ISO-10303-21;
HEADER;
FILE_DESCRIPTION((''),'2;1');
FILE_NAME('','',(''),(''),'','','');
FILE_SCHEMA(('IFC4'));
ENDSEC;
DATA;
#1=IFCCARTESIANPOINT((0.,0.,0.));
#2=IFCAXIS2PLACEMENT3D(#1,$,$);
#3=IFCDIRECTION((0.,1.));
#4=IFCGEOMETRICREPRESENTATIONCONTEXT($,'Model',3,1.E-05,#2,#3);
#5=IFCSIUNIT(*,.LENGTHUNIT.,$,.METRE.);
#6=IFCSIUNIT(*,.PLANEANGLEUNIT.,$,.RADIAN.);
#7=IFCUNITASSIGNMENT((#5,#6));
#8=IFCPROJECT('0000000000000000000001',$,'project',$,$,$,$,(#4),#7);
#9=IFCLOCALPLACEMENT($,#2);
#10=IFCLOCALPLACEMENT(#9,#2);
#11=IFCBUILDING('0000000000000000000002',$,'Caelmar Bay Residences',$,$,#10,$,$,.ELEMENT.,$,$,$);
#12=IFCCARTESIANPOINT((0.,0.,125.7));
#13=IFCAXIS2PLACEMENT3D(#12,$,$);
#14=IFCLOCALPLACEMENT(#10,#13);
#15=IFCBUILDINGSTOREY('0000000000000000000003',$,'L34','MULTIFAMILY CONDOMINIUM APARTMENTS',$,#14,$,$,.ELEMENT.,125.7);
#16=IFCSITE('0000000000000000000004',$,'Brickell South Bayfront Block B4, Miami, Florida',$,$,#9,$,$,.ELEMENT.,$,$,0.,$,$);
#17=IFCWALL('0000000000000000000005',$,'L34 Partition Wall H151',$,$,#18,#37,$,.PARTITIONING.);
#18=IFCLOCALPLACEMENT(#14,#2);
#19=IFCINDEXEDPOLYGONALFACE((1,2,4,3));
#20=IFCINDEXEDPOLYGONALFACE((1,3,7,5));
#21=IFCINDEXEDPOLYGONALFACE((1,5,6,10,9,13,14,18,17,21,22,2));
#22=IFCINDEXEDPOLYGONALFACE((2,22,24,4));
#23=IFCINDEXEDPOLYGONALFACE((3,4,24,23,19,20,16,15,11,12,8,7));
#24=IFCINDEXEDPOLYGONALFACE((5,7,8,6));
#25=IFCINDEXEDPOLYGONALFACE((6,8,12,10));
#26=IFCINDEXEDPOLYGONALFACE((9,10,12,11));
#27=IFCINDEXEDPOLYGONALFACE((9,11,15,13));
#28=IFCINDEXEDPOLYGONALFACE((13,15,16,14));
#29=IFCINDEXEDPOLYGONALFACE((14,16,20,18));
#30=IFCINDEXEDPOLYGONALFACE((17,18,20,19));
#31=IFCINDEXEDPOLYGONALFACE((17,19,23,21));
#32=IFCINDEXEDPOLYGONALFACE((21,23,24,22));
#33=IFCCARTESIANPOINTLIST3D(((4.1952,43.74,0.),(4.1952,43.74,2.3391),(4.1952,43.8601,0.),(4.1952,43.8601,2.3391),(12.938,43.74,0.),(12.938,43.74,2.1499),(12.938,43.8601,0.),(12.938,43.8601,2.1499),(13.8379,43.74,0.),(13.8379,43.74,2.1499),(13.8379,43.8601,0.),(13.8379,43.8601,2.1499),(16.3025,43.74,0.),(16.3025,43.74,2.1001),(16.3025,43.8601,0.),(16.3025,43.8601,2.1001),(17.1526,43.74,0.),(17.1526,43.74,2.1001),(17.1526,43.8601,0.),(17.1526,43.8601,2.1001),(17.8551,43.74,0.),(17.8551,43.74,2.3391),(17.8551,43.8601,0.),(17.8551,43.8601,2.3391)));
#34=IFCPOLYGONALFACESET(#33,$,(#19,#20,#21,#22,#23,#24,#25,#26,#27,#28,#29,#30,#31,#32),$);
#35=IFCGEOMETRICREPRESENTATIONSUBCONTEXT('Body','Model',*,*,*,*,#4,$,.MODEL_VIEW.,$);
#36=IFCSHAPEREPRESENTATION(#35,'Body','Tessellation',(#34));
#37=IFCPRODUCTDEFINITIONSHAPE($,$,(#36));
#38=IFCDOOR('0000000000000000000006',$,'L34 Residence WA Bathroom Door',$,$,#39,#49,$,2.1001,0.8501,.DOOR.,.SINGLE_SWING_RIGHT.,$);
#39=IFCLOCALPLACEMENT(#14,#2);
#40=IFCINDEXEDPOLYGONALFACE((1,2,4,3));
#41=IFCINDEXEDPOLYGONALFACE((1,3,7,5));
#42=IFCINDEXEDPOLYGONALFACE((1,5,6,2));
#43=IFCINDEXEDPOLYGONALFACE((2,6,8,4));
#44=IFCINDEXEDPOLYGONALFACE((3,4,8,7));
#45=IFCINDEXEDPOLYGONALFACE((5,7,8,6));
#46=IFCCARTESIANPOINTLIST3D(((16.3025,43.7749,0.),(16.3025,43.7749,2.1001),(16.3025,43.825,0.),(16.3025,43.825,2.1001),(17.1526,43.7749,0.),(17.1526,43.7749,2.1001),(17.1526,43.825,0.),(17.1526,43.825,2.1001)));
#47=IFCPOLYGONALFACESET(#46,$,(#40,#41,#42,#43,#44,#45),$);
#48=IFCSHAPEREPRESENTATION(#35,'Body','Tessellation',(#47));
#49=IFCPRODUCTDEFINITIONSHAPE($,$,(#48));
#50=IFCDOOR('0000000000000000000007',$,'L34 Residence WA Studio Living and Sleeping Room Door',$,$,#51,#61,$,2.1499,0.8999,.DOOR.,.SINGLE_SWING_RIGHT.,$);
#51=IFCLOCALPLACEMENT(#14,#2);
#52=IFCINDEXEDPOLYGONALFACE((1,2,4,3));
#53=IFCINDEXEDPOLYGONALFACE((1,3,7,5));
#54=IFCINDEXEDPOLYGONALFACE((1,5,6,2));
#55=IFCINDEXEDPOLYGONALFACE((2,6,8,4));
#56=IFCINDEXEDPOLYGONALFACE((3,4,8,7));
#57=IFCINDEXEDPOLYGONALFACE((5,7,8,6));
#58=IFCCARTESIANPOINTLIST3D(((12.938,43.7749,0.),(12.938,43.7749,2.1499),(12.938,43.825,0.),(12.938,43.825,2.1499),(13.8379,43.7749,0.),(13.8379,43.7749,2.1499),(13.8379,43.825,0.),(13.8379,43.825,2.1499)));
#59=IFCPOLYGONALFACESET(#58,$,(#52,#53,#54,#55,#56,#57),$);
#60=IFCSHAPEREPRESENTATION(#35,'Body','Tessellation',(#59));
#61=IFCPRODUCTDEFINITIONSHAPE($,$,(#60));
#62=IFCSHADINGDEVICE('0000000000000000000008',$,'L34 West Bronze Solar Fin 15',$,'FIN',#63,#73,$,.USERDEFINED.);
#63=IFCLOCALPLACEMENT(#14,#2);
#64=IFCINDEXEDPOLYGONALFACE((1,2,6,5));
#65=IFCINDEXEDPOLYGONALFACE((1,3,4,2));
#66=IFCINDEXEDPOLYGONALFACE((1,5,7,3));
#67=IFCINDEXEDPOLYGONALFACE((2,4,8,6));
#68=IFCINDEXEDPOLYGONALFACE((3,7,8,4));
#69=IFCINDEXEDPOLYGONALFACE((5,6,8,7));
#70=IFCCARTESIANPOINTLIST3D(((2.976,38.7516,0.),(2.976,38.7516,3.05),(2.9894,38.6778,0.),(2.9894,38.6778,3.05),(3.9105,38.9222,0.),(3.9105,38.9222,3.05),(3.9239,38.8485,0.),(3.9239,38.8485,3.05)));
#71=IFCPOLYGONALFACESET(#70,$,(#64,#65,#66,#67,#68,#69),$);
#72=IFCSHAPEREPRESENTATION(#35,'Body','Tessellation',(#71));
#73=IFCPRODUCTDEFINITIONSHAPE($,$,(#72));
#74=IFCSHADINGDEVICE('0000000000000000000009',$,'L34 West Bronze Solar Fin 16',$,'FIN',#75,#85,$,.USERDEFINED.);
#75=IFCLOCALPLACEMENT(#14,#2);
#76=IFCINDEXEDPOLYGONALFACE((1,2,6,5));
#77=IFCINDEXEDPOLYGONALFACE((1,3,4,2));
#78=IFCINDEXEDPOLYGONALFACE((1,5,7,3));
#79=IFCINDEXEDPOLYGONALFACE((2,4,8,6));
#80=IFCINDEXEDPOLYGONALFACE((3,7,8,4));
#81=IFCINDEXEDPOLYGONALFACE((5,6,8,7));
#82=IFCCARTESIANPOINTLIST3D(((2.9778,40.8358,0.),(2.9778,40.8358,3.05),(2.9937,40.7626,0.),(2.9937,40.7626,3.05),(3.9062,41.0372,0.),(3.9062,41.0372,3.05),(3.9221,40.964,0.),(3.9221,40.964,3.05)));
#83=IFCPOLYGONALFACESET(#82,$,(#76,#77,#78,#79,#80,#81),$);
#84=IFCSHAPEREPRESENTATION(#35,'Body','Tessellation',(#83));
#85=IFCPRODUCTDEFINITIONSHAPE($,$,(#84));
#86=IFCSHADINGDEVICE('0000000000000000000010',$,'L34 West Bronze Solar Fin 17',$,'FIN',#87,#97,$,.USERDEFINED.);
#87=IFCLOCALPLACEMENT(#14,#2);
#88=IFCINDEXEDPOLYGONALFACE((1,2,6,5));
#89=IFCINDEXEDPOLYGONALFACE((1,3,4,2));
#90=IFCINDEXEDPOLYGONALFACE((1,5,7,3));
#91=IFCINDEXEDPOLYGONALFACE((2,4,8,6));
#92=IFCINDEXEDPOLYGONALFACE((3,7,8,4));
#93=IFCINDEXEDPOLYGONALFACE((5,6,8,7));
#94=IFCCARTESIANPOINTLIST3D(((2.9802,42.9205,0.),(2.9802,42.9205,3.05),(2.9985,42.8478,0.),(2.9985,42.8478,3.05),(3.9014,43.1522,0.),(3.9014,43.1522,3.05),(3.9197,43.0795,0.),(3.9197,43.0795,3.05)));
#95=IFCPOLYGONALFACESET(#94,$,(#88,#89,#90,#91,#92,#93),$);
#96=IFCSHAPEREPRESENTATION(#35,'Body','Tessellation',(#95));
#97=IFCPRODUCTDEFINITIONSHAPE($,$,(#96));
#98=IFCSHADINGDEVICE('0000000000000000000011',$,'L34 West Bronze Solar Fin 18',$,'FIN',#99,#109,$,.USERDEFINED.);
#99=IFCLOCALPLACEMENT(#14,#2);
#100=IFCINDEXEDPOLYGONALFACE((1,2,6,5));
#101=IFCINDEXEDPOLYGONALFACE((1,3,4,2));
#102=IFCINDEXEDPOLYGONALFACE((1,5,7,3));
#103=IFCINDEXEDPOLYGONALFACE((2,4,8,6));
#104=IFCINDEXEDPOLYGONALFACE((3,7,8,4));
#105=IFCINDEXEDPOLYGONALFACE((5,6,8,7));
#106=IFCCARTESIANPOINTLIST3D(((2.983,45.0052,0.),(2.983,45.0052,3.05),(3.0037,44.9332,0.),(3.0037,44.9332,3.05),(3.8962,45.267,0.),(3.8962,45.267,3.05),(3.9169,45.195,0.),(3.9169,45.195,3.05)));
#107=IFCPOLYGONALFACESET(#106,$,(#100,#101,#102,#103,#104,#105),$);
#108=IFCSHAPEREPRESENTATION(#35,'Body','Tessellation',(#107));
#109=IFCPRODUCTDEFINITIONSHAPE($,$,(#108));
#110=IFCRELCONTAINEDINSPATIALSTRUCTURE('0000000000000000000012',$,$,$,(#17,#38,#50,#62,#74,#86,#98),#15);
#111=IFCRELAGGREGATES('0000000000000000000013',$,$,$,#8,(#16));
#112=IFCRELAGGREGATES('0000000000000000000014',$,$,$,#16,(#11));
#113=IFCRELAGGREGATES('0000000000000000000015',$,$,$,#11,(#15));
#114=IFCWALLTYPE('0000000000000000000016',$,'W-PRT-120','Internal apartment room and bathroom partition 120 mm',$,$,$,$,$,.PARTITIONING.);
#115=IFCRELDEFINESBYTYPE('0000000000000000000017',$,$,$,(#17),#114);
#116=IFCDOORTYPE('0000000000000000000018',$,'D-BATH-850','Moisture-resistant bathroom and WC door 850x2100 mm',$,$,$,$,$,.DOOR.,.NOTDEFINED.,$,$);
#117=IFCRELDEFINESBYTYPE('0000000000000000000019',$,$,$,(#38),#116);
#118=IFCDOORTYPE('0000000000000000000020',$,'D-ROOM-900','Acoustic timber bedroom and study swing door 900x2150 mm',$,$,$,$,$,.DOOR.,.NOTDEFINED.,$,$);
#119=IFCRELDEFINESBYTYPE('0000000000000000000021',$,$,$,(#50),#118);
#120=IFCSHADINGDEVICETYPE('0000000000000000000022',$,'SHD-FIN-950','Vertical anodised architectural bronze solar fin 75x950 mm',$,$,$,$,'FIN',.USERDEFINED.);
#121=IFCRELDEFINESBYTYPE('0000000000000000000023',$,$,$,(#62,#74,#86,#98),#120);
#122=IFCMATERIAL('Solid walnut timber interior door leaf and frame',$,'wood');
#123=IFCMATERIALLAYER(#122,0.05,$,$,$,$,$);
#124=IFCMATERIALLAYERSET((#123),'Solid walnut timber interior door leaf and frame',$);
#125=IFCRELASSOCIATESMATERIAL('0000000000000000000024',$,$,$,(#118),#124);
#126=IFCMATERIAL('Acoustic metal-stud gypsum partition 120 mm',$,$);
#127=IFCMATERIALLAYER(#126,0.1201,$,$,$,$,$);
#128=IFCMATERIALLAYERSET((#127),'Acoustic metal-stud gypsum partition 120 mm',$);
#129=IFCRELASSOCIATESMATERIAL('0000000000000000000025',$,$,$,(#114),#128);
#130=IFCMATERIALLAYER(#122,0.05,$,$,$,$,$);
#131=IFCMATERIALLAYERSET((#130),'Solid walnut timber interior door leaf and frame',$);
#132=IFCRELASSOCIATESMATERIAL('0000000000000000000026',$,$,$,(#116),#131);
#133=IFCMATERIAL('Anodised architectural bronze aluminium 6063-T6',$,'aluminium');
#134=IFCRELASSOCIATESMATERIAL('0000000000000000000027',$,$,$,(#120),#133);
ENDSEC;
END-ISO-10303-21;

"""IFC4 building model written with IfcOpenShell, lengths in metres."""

from ifc_helpers import new_model, si_unit, direction, frame, frame_2d, origin, origin_2d, place, context, subcontext, project, spatial, rectangle, extrude, material, layer, layer_set, material_profile, profile_set, type_object, element, fill, save


model = new_model("IFC4")

# Units and contexts
model_context = context("Model", 3, precision=1e-05, world=origin(), true_north=direction((0.0, 1.0)))
body_context = subcontext(model_context, "Body", "Model", "MODEL_VIEW")
ifc_project = project(units=[si_unit("LENGTHUNIT", "METRE"), si_unit("PLANEANGLEUNIT", "RADIAN")], contexts=[model_context])

# Site, building, storey
site_placement = place(None, origin())
site = spatial("IfcSite", under=ifc_project, at=site_placement, Name="Brickell South Bayfront Block B4, Miami, Florida", CompositionType="ELEMENT", RefElevation=0.0)
building_placement = place(site_placement, origin())
building = spatial("IfcBuilding", under=site, at=building_placement, Name="Caelmar Bay Residences", CompositionType="ELEMENT")
storey_placement = place(building_placement, frame((0.0, 0.0, 125.7)))
storey = spatial("IfcBuildingStorey", under=building, at=storey_placement, Name="L34", Description="MULTIFAMILY CONDOMINIUM APARTMENTS", CompositionType="ELEMENT", Elevation=125.7)

# Shared definitions
ifc_material_1 = material(Name="Solid walnut timber interior door leaf and frame", Category="wood")
ifc_layer_1 = layer(ifc_material_1, 0.05)
ifc_layer_set_1 = layer_set([ifc_layer_1], Name="Solid walnut timber interior door leaf and frame")
door_type_1 = type_object("IfcDoorType", Name="D-ROOM-900", Description="Acoustic timber bedroom and study swing door 900x2150 mm", OperationType="NOTDEFINED", PredefinedType="DOOR", material=ifc_layer_set_1)
ifc_material_2 = material(Name="Acoustic metal-stud gypsum partition 120 mm")
ifc_layer_2 = layer(ifc_material_2, 0.1201)
ifc_layer_set_2 = layer_set([ifc_layer_2], Name="Acoustic metal-stud gypsum partition 120 mm")
wall_type_1 = type_object("IfcWallType", Name="W-PRT-120", Description="Internal apartment room and bathroom partition 120 mm", PredefinedType="PARTITIONING", material=ifc_layer_set_2)

# Wall, openings, doors
wall_1_placement = place(storey_placement, frame((4.1951, 43.8, 0.0), z_axis=(0.0, 0.0, 1.0), x_axis=(1.0, 0.0, 0.0)))
wall_1 = element("IfcWall", 1, at=wall_1_placement, inside=storey, type_object=wall_type_1, Name="L34 Partition Wall H151", PredefinedType="PARTITIONING", context=body_context, shape_type="SweptSolid", body=[
    extrude(rectangle(XDim=13.6599, YDim=0.1201, at=frame_2d((6.8301, 0.0))), origin(), (0.0, 0.0, 1.0), 2.3391),
])
opening_1_placement = place(wall_1_placement, frame((8.7429, 0.0, 0.0)))
opening_1 = element("IfcOpeningElement", 2, at=opening_1_placement, cuts=wall_1, PredefinedType="OPENING", context=body_context, shape_type="SweptSolid", body=[
    extrude(rectangle(XDim=0.8999, YDim=2.1499, at=frame_2d((0.45, 1.075))), frame((0.0, 0.0701, 0.0), z_axis=(0.0, -1.0, 0.0), x_axis=(1.0, 0.0, 0.0)), (0.0, 0.0, 1.0), 0.1401),
])
opening_2_placement = place(wall_1_placement, frame((12.1074, 0.0, 0.0)))
opening_2 = element("IfcOpeningElement", 3, at=opening_2_placement, cuts=wall_1, PredefinedType="OPENING", context=body_context, shape_type="SweptSolid", body=[
    extrude(rectangle(XDim=0.8501, YDim=2.1001, at=frame_2d((0.425, 1.05))), frame((0.0, 0.0701, 0.0), z_axis=(0.0, -1.0, 0.0), x_axis=(1.0, 0.0, 0.0)), (0.0, 0.0, 1.0), 0.1401),
])
ifc_layer_3 = layer(ifc_material_1, 0.05)
ifc_layer_set_3 = layer_set([ifc_layer_3], Name="Solid walnut timber interior door leaf and frame")
door_type_2 = type_object("IfcDoorType", Name="D-BATH-850", Description="Moisture-resistant bathroom and WC door 850x2100 mm", OperationType="NOTDEFINED", PredefinedType="DOOR", material=ifc_layer_set_3)
door_1_placement = place(opening_2_placement, origin())
door_1 = element("IfcDoor", 4, at=door_1_placement, inside=storey, type_object=door_type_2, Name="L34 Residence WA Bathroom Door", OperationType="SINGLE_SWING_RIGHT", OverallHeight=2.1001, OverallWidth=0.8501, PredefinedType="DOOR", context=body_context, shape_type="SweptSolid", body=[
    extrude(rectangle(XDim=0.8501, YDim=2.1001, at=frame_2d((0.425, 1.05))), frame((0.0, 0.0249, 0.0), z_axis=(0.0, -1.0, 0.0), x_axis=(1.0, 0.0, 0.0)), (0.0, 0.0, 1.0), 0.05),
])
fill(opening_2, door_1)
door_2_placement = place(opening_1_placement, origin())
door_2 = element("IfcDoor", 5, at=door_2_placement, inside=storey, type_object=door_type_1, Name="L34 Residence WA Studio Living and Sleeping Room Door", OperationType="SINGLE_SWING_RIGHT", OverallHeight=2.1499, OverallWidth=0.8999, PredefinedType="DOOR", context=body_context, shape_type="SweptSolid", body=[
    extrude(rectangle(XDim=0.8999, YDim=2.1499, at=frame_2d((0.45, 1.075))), frame((0.0, 0.0249, 0.0), z_axis=(0.0, -1.0, 0.0), x_axis=(1.0, 0.0, 0.0)), (0.0, 0.0, 1.0), 0.05),
])
fill(opening_1, door_2)

# Shading devices
ifc_material_3 = material(Name="Anodised architectural bronze aluminium 6063-T6", Category="aluminium")
ifc_material_profile_1 = material_profile(ifc_material_3, rectangle(XDim=0.075, YDim=0.95, at=origin_2d()), Name="BRONZE-FIN-75X950")
ifc_profile_set_1 = profile_set([ifc_material_profile_1], Name="Anodised architectural bronze aluminium 6063-T6")
shading_device_type = type_object("IfcShadingDeviceType", Name="SHD-FIN-950", Description="Vertical anodised architectural bronze solar fin 75x950 mm", ElementType="FIN", PredefinedType="USERDEFINED", material=ifc_profile_set_1)
for number, where, z_axis, x_axis, name in (
    (6, (3.45, 38.8, 0.0), (0.0, 0.0, 1.0), (-0.179661, 0.983729, 0.0), "L34 West Bronze Solar Fin 15"),
    (7, (3.45, 40.8999, 0.0), (0.0, 0.0, 1.0), (-0.212007, 0.977268, 0.0), "L34 West Bronze Solar Fin 16"),
    (8, (3.45, 43.0, 0.0), (0.0, 0.0, 1.0), (-0.243954, 0.969787, 0.0), "L34 West Bronze Solar Fin 17"),
    (9, (3.45, 45.1001, 0.0), (0.0, 0.0, 1.0), (-0.275637, 0.961262, 0.0), "L34 West Bronze Solar Fin 18"),
):
    element("IfcShadingDevice", number, at=place(storey_placement, frame(where, z_axis=z_axis, x_axis=x_axis)), inside=storey, type_object=shading_device_type, Name=name, ObjectType="FIN", PredefinedType="USERDEFINED", context=body_context, shape_type="SweptSolid", body=[
        extrude(rectangle(XDim=0.075, YDim=0.95, at=origin_2d()), origin(), (0.0, 0.0, 1.0), 3.05),
    ])

save(model, "model.ifc")
